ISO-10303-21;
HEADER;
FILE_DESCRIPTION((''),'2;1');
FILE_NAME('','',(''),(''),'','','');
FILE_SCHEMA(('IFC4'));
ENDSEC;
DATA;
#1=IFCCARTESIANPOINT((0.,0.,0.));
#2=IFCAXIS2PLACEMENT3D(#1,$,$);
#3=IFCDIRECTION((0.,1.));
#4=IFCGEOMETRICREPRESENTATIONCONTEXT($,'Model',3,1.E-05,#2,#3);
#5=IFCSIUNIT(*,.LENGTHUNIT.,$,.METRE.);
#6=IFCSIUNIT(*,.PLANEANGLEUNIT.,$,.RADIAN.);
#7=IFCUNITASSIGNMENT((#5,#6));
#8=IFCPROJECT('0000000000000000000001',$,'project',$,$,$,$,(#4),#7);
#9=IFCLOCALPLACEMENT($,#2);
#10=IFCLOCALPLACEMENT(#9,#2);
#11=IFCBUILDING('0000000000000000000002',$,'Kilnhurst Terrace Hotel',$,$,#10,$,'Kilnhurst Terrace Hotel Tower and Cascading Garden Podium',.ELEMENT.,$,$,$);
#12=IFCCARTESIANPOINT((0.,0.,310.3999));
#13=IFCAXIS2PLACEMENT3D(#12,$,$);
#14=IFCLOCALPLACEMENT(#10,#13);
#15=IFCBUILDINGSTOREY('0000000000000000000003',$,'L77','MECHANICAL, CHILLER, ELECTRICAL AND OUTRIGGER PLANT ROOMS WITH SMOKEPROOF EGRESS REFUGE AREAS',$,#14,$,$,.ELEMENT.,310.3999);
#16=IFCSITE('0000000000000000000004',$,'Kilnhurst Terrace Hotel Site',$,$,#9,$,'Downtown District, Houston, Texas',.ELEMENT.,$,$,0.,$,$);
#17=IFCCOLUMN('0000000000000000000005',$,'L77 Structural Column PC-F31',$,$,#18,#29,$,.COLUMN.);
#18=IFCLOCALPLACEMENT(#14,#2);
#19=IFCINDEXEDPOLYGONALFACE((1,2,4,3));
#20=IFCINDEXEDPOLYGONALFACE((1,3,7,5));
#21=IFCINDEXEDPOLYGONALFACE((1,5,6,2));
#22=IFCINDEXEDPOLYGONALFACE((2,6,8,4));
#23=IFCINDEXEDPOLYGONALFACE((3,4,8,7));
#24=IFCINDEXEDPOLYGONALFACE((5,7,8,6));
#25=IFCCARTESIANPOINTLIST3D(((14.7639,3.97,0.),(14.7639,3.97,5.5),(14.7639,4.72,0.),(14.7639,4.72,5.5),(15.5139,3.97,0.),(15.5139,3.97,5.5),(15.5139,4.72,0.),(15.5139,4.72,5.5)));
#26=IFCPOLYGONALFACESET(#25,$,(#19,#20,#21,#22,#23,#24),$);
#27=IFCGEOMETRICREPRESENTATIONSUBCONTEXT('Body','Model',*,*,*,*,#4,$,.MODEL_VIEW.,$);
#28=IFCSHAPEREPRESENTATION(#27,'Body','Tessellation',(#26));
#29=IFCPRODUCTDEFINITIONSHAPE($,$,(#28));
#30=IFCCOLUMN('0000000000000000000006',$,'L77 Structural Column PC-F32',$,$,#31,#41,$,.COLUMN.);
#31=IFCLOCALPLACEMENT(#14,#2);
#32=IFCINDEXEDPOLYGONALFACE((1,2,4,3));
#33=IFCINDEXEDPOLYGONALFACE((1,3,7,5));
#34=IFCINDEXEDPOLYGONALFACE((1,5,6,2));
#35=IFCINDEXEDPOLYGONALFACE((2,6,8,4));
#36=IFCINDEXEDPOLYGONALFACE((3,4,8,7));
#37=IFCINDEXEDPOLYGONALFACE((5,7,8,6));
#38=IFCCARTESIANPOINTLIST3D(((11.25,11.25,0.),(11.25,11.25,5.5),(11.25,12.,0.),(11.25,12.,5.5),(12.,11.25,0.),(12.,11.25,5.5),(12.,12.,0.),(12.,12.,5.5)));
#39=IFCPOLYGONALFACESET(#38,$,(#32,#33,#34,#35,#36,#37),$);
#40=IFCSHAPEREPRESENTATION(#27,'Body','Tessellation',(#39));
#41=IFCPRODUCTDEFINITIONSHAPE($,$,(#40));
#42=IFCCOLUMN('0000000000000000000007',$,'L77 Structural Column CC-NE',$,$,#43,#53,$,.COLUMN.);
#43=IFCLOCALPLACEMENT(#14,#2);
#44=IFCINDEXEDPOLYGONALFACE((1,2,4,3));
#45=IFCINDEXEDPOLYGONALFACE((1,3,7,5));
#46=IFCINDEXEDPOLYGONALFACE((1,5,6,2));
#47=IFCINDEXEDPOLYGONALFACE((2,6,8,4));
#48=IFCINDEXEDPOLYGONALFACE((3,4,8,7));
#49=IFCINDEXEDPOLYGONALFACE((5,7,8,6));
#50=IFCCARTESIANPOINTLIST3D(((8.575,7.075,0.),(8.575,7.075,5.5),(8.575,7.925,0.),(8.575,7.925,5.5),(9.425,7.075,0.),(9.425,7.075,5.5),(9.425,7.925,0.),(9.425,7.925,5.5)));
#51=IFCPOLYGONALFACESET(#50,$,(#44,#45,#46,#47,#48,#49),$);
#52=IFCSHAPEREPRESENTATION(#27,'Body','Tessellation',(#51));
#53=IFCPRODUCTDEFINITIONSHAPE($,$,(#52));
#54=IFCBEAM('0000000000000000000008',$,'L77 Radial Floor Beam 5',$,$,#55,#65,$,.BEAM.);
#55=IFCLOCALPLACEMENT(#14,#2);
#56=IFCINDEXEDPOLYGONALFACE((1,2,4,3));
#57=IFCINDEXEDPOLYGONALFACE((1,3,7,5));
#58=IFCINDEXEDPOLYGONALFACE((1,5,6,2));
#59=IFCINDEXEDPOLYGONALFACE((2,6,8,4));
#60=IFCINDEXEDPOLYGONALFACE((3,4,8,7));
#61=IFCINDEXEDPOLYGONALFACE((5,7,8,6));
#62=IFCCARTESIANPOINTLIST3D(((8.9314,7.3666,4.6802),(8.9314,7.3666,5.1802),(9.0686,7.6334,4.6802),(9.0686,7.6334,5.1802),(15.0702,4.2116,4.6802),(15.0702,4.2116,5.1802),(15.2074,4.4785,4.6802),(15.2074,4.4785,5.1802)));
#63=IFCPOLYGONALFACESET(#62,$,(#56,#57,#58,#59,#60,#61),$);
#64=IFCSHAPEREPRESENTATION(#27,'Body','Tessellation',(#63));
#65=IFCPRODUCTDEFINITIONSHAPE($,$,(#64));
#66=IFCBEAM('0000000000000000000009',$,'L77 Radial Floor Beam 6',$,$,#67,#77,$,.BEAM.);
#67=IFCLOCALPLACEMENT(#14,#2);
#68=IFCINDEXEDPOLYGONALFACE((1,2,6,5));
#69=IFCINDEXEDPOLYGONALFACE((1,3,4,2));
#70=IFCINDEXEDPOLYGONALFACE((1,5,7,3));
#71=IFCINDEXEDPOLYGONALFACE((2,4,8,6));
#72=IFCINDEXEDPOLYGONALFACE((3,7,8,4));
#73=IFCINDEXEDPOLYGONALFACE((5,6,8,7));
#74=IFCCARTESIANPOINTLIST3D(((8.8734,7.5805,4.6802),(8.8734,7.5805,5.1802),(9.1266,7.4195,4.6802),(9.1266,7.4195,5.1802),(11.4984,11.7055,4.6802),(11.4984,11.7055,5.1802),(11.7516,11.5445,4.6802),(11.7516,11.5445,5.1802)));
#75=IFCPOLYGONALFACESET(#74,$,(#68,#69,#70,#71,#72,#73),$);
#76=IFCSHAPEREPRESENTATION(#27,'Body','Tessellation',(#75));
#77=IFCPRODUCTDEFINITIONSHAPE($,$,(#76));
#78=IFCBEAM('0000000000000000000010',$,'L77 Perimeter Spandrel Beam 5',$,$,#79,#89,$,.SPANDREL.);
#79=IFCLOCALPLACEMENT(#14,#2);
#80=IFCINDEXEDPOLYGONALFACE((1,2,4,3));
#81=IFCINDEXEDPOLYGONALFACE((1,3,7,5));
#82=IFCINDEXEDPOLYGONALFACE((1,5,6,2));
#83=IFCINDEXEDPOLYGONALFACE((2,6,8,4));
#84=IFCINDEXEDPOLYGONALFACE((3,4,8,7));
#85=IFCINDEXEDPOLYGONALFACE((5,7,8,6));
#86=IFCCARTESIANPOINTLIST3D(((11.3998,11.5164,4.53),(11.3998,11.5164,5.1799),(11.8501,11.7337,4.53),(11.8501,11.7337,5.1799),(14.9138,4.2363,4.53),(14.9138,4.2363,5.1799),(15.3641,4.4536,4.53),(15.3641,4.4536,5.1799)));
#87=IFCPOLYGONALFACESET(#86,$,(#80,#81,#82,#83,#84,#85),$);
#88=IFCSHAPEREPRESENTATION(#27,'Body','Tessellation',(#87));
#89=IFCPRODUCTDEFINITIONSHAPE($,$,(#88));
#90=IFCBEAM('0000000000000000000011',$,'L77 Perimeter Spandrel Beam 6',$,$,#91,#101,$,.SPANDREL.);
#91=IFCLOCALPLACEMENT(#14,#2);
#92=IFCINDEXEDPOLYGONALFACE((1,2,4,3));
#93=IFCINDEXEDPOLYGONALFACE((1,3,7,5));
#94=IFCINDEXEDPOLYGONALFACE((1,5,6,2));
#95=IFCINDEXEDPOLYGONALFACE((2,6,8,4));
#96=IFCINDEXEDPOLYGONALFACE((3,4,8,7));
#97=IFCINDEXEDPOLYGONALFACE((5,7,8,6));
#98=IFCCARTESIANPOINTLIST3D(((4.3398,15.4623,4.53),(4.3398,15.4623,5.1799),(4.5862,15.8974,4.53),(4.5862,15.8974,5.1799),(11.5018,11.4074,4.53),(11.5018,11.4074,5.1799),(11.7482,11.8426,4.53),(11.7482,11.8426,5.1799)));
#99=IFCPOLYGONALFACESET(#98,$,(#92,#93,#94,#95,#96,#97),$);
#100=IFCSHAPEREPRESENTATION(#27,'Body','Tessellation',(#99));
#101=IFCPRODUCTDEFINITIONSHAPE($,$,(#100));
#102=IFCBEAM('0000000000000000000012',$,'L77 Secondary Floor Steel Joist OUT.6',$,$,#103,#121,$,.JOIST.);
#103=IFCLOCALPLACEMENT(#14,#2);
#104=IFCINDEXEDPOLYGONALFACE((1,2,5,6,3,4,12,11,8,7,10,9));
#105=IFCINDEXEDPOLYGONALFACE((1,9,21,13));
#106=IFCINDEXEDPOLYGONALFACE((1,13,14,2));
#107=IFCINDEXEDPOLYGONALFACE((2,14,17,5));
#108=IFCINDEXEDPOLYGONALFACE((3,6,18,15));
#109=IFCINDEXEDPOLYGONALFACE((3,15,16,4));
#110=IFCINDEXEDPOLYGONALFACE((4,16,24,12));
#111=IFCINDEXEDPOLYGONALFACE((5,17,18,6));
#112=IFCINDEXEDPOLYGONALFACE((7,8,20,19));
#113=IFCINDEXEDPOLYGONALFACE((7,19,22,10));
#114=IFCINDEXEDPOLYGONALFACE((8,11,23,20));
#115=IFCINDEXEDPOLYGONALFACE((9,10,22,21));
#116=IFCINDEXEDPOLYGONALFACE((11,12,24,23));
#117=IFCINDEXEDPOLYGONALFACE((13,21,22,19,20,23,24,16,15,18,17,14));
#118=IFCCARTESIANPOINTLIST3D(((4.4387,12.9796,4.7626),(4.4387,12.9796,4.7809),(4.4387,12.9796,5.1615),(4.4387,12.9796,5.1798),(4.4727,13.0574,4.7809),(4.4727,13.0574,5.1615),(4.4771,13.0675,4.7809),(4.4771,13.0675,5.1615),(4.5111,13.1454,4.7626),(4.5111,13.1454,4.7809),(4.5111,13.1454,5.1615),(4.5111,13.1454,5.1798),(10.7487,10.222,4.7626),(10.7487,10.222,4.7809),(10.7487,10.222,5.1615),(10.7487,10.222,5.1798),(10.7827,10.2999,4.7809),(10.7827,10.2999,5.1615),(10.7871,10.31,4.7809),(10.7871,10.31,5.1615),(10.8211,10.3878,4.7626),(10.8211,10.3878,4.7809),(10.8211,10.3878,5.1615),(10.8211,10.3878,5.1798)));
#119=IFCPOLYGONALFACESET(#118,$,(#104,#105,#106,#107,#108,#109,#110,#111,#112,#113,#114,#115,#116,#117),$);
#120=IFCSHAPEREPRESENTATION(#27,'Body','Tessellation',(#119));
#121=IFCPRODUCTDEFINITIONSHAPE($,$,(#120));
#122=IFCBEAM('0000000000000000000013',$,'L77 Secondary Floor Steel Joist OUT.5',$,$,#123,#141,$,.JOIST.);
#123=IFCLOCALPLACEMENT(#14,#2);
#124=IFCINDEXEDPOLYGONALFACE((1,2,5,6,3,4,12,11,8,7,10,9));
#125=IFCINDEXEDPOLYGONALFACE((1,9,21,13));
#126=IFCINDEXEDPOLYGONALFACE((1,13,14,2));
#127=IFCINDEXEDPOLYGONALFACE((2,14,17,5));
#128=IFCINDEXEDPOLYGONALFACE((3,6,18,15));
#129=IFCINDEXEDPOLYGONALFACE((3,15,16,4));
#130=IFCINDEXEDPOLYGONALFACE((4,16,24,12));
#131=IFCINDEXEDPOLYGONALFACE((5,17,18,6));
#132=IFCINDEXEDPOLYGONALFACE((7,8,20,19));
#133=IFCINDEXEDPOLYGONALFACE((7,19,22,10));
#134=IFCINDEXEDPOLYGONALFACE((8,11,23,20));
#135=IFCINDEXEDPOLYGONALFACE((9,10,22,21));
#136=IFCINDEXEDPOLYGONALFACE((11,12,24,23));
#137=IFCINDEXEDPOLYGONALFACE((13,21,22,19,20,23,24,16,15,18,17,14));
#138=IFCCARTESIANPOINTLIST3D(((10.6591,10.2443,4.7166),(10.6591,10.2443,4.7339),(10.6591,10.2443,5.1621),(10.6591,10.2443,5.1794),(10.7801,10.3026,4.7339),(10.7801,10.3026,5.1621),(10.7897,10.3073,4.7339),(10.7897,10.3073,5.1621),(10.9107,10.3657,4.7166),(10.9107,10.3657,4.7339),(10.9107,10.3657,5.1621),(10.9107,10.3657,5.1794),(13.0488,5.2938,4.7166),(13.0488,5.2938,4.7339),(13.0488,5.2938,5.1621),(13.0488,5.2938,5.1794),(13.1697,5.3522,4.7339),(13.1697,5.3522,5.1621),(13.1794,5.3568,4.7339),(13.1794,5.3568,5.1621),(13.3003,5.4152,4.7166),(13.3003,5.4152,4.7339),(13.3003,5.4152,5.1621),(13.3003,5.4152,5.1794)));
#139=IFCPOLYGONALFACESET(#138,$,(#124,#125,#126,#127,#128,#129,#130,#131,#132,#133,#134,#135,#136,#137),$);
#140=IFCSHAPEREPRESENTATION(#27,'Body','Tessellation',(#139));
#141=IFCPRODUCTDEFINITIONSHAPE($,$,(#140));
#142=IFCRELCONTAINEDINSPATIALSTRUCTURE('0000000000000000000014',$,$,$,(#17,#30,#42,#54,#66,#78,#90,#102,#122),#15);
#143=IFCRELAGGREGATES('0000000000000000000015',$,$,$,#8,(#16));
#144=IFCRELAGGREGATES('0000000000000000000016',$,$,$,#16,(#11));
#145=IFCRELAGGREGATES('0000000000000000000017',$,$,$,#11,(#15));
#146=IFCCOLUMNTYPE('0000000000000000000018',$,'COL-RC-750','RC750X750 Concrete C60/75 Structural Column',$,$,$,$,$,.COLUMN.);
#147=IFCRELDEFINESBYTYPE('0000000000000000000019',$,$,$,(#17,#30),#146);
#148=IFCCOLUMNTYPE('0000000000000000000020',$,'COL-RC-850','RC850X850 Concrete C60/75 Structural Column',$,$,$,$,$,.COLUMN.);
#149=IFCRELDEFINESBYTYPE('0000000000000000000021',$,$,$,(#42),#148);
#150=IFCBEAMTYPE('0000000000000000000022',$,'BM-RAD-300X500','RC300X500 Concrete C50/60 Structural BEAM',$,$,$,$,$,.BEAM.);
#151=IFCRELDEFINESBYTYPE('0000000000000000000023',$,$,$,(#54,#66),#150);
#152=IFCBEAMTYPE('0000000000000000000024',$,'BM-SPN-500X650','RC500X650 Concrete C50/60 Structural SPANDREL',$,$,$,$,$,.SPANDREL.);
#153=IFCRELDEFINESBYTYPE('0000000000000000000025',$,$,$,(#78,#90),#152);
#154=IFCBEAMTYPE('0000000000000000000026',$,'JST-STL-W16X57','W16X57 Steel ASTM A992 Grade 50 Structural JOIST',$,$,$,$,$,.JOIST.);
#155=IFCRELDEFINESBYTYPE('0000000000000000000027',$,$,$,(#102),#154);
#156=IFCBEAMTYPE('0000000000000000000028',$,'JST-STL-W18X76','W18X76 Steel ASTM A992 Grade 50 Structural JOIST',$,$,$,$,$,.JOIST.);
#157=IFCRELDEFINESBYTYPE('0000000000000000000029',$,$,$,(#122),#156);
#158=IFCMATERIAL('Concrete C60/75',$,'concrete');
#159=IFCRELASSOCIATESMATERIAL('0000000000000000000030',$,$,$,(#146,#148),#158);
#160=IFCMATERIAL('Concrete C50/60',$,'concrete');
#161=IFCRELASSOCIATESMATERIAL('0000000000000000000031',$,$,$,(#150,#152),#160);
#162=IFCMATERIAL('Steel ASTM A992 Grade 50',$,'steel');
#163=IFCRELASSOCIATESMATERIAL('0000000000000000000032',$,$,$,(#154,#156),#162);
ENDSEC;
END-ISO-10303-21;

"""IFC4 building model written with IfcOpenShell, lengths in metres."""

from ifc_helpers import new_model, si_unit, direction, frame, origin, origin_2d, place, context, subcontext, project, spatial, rectangle, i_section, extrude, material, material_profile, profile_set, type_object, element, save


model = new_model("IFC4")

# Units and contexts
model_context = context("Model", 3, precision=1e-05, world=origin(), true_north=direction((0.0, 1.0)))
body_context = subcontext(model_context, "Body", "Model", "MODEL_VIEW")
ifc_project = project(units=[si_unit("LENGTHUNIT", "METRE"), si_unit("PLANEANGLEUNIT", "RADIAN")], contexts=[model_context])

# Site, building, storey
site_placement = place(None, origin())
site = spatial("IfcSite", under=ifc_project, at=site_placement, Name="Kilnhurst Terrace Hotel Site", LongName="Downtown District, Houston, Texas", CompositionType="ELEMENT", RefElevation=0.0)
building_placement = place(site_placement, origin())
building = spatial("IfcBuilding", under=site, at=building_placement, Name="Kilnhurst Terrace Hotel", LongName="Kilnhurst Terrace Hotel Tower and Cascading Garden Podium", CompositionType="ELEMENT")
storey_placement = place(building_placement, frame((0.0, 0.0, 310.3999)))
storey = spatial("IfcBuildingStorey", under=building, at=storey_placement, Name="L77", Description="MECHANICAL, CHILLER, ELECTRICAL AND OUTRIGGER PLANT ROOMS WITH SMOKEPROOF EGRESS REFUGE AREAS", CompositionType="ELEMENT", Elevation=310.3999)

# Columns
ifc_material_1 = material(Name="Concrete C60/75", Category="concrete")
ifc_material_profile_1 = material_profile(ifc_material_1, rectangle(XDim=0.75, YDim=0.75, at=origin_2d()), Name="RC750X750")
ifc_profile_set_1 = profile_set([ifc_material_profile_1], Name="Concrete C60/75")
column_type_1 = type_object("IfcColumnType", Name="COL-RC-750", Description="RC750X750 Concrete C60/75 Structural Column", PredefinedType="COLUMN", material=ifc_profile_set_1)
for number, where, z_axis, x_axis, name in (
    (1, (15.1389, 4.345, 0.0), (0.0, 0.0, 1.0), (1.0, 0.0, 0.0), "L77 Structural Column PC-F31"),
    (2, (11.625, 11.625, 0.0), (0.0, 0.0, 1.0), (1.0, 0.0, 0.0), "L77 Structural Column PC-F32"),
):
    element("IfcColumn", number, at=place(storey_placement, frame(where, z_axis=z_axis, x_axis=x_axis)), inside=storey, type_object=column_type_1, Name=name, PredefinedType="COLUMN", context=body_context, shape_type="SweptSolid", body=[
        extrude(rectangle(XDim=0.75, YDim=0.75, at=origin_2d()), origin(), (0.0, 0.0, 1.0), 5.5),
    ])
ifc_material_profile_2 = material_profile(ifc_material_1, rectangle(XDim=0.8501, YDim=0.8501, at=origin_2d()), Name="RC850X850")
ifc_profile_set_2 = profile_set([ifc_material_profile_2], Name="Concrete C60/75")
column_type_2 = type_object("IfcColumnType", Name="COL-RC-850", Description="RC850X850 Concrete C60/75 Structural Column", PredefinedType="COLUMN", material=ifc_profile_set_2)
column_placement = place(storey_placement, frame((9.0, 7.5, 0.0), z_axis=(0.0, 0.0, 1.0), x_axis=(1.0, 0.0, 0.0)))
element("IfcColumn", 3, at=column_placement, inside=storey, type_object=column_type_2, Name="L77 Structural Column CC-NE", PredefinedType="COLUMN", context=body_context, shape_type="SweptSolid", body=[
    extrude(rectangle(XDim=0.8501, YDim=0.8501, at=origin_2d()), origin(), (0.0, 0.0, 1.0), 5.5),
])

# Beams
ifc_material_2 = material(Name="Concrete C50/60", Category="concrete")
ifc_material_profile_3 = material_profile(ifc_material_2, rectangle(XDim=0.3, YDim=0.5, at=origin_2d()), Name="RC300X500")
ifc_profile_set_3 = profile_set([ifc_material_profile_3], Name="Concrete C50/60")
beam_type_1 = type_object("IfcBeamType", Name="BM-RAD-300X500", Description="RC300X500 Concrete C50/60 Structural BEAM", PredefinedType="BEAM", material=ifc_profile_set_3)
beam_1_placement = place(storey_placement, frame((9.0, 7.5, 4.9302), z_axis=(0.889413, -0.457104, 0.0), x_axis=(0.457104, 0.889413, 0.0)))
element("IfcBeam", 4, at=beam_1_placement, inside=storey, type_object=beam_type_1, Name="L77 Radial Floor Beam 5", PredefinedType="BEAM", context=body_context, shape_type="SweptSolid", body=[
    extrude(rectangle(XDim=0.3, YDim=0.5, at=origin_2d()), origin(), (0.0, 0.0, 1.0), 6.9021),
])
beam_2_placement = place(storey_placement, frame((9.0, 7.5, 4.9302), z_axis=(0.536875, 0.843661, 0.0), x_axis=(-0.843661, 0.536875, 0.0)))
element("IfcBeam", 5, at=beam_2_placement, inside=storey, type_object=beam_type_1, Name="L77 Radial Floor Beam 6", PredefinedType="BEAM", context=body_context, shape_type="SweptSolid", body=[
    extrude(rectangle(XDim=0.3, YDim=0.5, at=origin_2d()), origin(), (0.0, 0.0, 1.0), 4.8894),
])
ifc_material_profile_4 = material_profile(ifc_material_2, rectangle(XDim=0.5, YDim=0.6499, at=origin_2d()), Name="RC500X650")
ifc_profile_set_4 = profile_set([ifc_material_profile_4], Name="Concrete C50/60")
beam_type_2 = type_object("IfcBeamType", Name="BM-SPN-500X650", Description="RC500X650 Concrete C50/60 Structural SPANDREL", PredefinedType="SPANDREL", material=ifc_profile_set_4)
beam_3_placement = place(storey_placement, frame((15.1389, 4.345, 4.855), z_axis=(-0.434691, 0.90058, 0.0), x_axis=(-0.90058, -0.434691, 0.0)))
element("IfcBeam", 6, at=beam_3_placement, inside=storey, type_object=beam_type_2, Name="L77 Perimeter Spandrel Beam 5", PredefinedType="SPANDREL", context=body_context, shape_type="SweptSolid", body=[
    extrude(rectangle(XDim=0.5, YDim=0.6499, at=origin_2d()), origin(), (0.0, 0.0, 1.0), 8.0837),
])
beam_4_placement = place(storey_placement, frame((11.625, 11.625, 4.855), z_axis=(-0.87021, 0.492682, 0.0), x_axis=(-0.492682, -0.87021, 0.0)))
element("IfcBeam", 7, at=beam_4_placement, inside=storey, type_object=beam_type_2, Name="L77 Perimeter Spandrel Beam 6", PredefinedType="SPANDREL", context=body_context, shape_type="SweptSolid", body=[
    extrude(rectangle(XDim=0.5, YDim=0.6499, at=origin_2d()), origin(), (0.0, 0.0, 1.0), 8.2302),
])
ifc_material_3 = material(Name="Steel ASTM A992 Grade 50", Category="steel")
ifc_material_profile_5 = material_profile(ifc_material_3, i_section(OverallWidth=0.1809, OverallDepth=0.4172, WebThickness=0.011, FlangeThickness=0.0183, at=origin_2d()), Name="W16X57")
ifc_profile_set_5 = profile_set([ifc_material_profile_5], Name="Steel ASTM A992 Grade 50")
beam_type_3 = type_object("IfcBeamType", Name="JST-STL-W16X57", Description="W16X57 Steel ASTM A992 Grade 50 Structural JOIST", PredefinedType="JOIST", material=ifc_profile_set_5)
beam_5_placement = place(storey_placement, frame((10.7849, 10.3049, 4.9712), z_axis=(-0.916322, 0.400443, 0.0), x_axis=(-0.400443, -0.916322, 0.0)))
element("IfcBeam", 8, at=beam_5_placement, inside=storey, type_object=beam_type_3, Name="L77 Secondary Floor Steel Joist OUT.6", PredefinedType="JOIST", context=body_context, shape_type="SweptSolid", body=[
    extrude(i_section(OverallWidth=0.1809, OverallDepth=0.4172, WebThickness=0.011, FlangeThickness=0.0183, at=origin_2d()), origin(), (0.0, 0.0, 1.0), 6.8862),
])
ifc_material_profile_6 = material_profile(ifc_material_3, i_section(OverallWidth=0.2793, OverallDepth=0.4629, WebThickness=0.0107, FlangeThickness=0.0173, at=origin_2d()), Name="W18X76")
ifc_profile_set_6 = profile_set([ifc_material_profile_6], Name="Steel ASTM A992 Grade 50")
beam_type_4 = type_object("IfcBeamType", Name="JST-STL-W18X76", Description="W18X76 Steel ASTM A992 Grade 50 Structural JOIST", PredefinedType="JOIST", material=ifc_profile_set_6)
beam_6_placement = place(storey_placement, frame((13.1746, 5.3545, 4.948), z_axis=(-0.434717, 0.900567, 0.0), x_axis=(-0.900567, -0.434717, 0.0)))
element("IfcBeam", 9, at=beam_6_placement, inside=storey, type_object=beam_type_4, Name="L77 Secondary Floor Steel Joist OUT.5", PredefinedType="JOIST", context=body_context, shape_type="SweptSolid", body=[
    extrude(i_section(OverallWidth=0.2793, OverallDepth=0.4629, WebThickness=0.0107, FlangeThickness=0.0173, at=origin_2d()), origin(), (0.0, 0.0, 1.0), 5.4971),
])

save(model, "model.ifc")
